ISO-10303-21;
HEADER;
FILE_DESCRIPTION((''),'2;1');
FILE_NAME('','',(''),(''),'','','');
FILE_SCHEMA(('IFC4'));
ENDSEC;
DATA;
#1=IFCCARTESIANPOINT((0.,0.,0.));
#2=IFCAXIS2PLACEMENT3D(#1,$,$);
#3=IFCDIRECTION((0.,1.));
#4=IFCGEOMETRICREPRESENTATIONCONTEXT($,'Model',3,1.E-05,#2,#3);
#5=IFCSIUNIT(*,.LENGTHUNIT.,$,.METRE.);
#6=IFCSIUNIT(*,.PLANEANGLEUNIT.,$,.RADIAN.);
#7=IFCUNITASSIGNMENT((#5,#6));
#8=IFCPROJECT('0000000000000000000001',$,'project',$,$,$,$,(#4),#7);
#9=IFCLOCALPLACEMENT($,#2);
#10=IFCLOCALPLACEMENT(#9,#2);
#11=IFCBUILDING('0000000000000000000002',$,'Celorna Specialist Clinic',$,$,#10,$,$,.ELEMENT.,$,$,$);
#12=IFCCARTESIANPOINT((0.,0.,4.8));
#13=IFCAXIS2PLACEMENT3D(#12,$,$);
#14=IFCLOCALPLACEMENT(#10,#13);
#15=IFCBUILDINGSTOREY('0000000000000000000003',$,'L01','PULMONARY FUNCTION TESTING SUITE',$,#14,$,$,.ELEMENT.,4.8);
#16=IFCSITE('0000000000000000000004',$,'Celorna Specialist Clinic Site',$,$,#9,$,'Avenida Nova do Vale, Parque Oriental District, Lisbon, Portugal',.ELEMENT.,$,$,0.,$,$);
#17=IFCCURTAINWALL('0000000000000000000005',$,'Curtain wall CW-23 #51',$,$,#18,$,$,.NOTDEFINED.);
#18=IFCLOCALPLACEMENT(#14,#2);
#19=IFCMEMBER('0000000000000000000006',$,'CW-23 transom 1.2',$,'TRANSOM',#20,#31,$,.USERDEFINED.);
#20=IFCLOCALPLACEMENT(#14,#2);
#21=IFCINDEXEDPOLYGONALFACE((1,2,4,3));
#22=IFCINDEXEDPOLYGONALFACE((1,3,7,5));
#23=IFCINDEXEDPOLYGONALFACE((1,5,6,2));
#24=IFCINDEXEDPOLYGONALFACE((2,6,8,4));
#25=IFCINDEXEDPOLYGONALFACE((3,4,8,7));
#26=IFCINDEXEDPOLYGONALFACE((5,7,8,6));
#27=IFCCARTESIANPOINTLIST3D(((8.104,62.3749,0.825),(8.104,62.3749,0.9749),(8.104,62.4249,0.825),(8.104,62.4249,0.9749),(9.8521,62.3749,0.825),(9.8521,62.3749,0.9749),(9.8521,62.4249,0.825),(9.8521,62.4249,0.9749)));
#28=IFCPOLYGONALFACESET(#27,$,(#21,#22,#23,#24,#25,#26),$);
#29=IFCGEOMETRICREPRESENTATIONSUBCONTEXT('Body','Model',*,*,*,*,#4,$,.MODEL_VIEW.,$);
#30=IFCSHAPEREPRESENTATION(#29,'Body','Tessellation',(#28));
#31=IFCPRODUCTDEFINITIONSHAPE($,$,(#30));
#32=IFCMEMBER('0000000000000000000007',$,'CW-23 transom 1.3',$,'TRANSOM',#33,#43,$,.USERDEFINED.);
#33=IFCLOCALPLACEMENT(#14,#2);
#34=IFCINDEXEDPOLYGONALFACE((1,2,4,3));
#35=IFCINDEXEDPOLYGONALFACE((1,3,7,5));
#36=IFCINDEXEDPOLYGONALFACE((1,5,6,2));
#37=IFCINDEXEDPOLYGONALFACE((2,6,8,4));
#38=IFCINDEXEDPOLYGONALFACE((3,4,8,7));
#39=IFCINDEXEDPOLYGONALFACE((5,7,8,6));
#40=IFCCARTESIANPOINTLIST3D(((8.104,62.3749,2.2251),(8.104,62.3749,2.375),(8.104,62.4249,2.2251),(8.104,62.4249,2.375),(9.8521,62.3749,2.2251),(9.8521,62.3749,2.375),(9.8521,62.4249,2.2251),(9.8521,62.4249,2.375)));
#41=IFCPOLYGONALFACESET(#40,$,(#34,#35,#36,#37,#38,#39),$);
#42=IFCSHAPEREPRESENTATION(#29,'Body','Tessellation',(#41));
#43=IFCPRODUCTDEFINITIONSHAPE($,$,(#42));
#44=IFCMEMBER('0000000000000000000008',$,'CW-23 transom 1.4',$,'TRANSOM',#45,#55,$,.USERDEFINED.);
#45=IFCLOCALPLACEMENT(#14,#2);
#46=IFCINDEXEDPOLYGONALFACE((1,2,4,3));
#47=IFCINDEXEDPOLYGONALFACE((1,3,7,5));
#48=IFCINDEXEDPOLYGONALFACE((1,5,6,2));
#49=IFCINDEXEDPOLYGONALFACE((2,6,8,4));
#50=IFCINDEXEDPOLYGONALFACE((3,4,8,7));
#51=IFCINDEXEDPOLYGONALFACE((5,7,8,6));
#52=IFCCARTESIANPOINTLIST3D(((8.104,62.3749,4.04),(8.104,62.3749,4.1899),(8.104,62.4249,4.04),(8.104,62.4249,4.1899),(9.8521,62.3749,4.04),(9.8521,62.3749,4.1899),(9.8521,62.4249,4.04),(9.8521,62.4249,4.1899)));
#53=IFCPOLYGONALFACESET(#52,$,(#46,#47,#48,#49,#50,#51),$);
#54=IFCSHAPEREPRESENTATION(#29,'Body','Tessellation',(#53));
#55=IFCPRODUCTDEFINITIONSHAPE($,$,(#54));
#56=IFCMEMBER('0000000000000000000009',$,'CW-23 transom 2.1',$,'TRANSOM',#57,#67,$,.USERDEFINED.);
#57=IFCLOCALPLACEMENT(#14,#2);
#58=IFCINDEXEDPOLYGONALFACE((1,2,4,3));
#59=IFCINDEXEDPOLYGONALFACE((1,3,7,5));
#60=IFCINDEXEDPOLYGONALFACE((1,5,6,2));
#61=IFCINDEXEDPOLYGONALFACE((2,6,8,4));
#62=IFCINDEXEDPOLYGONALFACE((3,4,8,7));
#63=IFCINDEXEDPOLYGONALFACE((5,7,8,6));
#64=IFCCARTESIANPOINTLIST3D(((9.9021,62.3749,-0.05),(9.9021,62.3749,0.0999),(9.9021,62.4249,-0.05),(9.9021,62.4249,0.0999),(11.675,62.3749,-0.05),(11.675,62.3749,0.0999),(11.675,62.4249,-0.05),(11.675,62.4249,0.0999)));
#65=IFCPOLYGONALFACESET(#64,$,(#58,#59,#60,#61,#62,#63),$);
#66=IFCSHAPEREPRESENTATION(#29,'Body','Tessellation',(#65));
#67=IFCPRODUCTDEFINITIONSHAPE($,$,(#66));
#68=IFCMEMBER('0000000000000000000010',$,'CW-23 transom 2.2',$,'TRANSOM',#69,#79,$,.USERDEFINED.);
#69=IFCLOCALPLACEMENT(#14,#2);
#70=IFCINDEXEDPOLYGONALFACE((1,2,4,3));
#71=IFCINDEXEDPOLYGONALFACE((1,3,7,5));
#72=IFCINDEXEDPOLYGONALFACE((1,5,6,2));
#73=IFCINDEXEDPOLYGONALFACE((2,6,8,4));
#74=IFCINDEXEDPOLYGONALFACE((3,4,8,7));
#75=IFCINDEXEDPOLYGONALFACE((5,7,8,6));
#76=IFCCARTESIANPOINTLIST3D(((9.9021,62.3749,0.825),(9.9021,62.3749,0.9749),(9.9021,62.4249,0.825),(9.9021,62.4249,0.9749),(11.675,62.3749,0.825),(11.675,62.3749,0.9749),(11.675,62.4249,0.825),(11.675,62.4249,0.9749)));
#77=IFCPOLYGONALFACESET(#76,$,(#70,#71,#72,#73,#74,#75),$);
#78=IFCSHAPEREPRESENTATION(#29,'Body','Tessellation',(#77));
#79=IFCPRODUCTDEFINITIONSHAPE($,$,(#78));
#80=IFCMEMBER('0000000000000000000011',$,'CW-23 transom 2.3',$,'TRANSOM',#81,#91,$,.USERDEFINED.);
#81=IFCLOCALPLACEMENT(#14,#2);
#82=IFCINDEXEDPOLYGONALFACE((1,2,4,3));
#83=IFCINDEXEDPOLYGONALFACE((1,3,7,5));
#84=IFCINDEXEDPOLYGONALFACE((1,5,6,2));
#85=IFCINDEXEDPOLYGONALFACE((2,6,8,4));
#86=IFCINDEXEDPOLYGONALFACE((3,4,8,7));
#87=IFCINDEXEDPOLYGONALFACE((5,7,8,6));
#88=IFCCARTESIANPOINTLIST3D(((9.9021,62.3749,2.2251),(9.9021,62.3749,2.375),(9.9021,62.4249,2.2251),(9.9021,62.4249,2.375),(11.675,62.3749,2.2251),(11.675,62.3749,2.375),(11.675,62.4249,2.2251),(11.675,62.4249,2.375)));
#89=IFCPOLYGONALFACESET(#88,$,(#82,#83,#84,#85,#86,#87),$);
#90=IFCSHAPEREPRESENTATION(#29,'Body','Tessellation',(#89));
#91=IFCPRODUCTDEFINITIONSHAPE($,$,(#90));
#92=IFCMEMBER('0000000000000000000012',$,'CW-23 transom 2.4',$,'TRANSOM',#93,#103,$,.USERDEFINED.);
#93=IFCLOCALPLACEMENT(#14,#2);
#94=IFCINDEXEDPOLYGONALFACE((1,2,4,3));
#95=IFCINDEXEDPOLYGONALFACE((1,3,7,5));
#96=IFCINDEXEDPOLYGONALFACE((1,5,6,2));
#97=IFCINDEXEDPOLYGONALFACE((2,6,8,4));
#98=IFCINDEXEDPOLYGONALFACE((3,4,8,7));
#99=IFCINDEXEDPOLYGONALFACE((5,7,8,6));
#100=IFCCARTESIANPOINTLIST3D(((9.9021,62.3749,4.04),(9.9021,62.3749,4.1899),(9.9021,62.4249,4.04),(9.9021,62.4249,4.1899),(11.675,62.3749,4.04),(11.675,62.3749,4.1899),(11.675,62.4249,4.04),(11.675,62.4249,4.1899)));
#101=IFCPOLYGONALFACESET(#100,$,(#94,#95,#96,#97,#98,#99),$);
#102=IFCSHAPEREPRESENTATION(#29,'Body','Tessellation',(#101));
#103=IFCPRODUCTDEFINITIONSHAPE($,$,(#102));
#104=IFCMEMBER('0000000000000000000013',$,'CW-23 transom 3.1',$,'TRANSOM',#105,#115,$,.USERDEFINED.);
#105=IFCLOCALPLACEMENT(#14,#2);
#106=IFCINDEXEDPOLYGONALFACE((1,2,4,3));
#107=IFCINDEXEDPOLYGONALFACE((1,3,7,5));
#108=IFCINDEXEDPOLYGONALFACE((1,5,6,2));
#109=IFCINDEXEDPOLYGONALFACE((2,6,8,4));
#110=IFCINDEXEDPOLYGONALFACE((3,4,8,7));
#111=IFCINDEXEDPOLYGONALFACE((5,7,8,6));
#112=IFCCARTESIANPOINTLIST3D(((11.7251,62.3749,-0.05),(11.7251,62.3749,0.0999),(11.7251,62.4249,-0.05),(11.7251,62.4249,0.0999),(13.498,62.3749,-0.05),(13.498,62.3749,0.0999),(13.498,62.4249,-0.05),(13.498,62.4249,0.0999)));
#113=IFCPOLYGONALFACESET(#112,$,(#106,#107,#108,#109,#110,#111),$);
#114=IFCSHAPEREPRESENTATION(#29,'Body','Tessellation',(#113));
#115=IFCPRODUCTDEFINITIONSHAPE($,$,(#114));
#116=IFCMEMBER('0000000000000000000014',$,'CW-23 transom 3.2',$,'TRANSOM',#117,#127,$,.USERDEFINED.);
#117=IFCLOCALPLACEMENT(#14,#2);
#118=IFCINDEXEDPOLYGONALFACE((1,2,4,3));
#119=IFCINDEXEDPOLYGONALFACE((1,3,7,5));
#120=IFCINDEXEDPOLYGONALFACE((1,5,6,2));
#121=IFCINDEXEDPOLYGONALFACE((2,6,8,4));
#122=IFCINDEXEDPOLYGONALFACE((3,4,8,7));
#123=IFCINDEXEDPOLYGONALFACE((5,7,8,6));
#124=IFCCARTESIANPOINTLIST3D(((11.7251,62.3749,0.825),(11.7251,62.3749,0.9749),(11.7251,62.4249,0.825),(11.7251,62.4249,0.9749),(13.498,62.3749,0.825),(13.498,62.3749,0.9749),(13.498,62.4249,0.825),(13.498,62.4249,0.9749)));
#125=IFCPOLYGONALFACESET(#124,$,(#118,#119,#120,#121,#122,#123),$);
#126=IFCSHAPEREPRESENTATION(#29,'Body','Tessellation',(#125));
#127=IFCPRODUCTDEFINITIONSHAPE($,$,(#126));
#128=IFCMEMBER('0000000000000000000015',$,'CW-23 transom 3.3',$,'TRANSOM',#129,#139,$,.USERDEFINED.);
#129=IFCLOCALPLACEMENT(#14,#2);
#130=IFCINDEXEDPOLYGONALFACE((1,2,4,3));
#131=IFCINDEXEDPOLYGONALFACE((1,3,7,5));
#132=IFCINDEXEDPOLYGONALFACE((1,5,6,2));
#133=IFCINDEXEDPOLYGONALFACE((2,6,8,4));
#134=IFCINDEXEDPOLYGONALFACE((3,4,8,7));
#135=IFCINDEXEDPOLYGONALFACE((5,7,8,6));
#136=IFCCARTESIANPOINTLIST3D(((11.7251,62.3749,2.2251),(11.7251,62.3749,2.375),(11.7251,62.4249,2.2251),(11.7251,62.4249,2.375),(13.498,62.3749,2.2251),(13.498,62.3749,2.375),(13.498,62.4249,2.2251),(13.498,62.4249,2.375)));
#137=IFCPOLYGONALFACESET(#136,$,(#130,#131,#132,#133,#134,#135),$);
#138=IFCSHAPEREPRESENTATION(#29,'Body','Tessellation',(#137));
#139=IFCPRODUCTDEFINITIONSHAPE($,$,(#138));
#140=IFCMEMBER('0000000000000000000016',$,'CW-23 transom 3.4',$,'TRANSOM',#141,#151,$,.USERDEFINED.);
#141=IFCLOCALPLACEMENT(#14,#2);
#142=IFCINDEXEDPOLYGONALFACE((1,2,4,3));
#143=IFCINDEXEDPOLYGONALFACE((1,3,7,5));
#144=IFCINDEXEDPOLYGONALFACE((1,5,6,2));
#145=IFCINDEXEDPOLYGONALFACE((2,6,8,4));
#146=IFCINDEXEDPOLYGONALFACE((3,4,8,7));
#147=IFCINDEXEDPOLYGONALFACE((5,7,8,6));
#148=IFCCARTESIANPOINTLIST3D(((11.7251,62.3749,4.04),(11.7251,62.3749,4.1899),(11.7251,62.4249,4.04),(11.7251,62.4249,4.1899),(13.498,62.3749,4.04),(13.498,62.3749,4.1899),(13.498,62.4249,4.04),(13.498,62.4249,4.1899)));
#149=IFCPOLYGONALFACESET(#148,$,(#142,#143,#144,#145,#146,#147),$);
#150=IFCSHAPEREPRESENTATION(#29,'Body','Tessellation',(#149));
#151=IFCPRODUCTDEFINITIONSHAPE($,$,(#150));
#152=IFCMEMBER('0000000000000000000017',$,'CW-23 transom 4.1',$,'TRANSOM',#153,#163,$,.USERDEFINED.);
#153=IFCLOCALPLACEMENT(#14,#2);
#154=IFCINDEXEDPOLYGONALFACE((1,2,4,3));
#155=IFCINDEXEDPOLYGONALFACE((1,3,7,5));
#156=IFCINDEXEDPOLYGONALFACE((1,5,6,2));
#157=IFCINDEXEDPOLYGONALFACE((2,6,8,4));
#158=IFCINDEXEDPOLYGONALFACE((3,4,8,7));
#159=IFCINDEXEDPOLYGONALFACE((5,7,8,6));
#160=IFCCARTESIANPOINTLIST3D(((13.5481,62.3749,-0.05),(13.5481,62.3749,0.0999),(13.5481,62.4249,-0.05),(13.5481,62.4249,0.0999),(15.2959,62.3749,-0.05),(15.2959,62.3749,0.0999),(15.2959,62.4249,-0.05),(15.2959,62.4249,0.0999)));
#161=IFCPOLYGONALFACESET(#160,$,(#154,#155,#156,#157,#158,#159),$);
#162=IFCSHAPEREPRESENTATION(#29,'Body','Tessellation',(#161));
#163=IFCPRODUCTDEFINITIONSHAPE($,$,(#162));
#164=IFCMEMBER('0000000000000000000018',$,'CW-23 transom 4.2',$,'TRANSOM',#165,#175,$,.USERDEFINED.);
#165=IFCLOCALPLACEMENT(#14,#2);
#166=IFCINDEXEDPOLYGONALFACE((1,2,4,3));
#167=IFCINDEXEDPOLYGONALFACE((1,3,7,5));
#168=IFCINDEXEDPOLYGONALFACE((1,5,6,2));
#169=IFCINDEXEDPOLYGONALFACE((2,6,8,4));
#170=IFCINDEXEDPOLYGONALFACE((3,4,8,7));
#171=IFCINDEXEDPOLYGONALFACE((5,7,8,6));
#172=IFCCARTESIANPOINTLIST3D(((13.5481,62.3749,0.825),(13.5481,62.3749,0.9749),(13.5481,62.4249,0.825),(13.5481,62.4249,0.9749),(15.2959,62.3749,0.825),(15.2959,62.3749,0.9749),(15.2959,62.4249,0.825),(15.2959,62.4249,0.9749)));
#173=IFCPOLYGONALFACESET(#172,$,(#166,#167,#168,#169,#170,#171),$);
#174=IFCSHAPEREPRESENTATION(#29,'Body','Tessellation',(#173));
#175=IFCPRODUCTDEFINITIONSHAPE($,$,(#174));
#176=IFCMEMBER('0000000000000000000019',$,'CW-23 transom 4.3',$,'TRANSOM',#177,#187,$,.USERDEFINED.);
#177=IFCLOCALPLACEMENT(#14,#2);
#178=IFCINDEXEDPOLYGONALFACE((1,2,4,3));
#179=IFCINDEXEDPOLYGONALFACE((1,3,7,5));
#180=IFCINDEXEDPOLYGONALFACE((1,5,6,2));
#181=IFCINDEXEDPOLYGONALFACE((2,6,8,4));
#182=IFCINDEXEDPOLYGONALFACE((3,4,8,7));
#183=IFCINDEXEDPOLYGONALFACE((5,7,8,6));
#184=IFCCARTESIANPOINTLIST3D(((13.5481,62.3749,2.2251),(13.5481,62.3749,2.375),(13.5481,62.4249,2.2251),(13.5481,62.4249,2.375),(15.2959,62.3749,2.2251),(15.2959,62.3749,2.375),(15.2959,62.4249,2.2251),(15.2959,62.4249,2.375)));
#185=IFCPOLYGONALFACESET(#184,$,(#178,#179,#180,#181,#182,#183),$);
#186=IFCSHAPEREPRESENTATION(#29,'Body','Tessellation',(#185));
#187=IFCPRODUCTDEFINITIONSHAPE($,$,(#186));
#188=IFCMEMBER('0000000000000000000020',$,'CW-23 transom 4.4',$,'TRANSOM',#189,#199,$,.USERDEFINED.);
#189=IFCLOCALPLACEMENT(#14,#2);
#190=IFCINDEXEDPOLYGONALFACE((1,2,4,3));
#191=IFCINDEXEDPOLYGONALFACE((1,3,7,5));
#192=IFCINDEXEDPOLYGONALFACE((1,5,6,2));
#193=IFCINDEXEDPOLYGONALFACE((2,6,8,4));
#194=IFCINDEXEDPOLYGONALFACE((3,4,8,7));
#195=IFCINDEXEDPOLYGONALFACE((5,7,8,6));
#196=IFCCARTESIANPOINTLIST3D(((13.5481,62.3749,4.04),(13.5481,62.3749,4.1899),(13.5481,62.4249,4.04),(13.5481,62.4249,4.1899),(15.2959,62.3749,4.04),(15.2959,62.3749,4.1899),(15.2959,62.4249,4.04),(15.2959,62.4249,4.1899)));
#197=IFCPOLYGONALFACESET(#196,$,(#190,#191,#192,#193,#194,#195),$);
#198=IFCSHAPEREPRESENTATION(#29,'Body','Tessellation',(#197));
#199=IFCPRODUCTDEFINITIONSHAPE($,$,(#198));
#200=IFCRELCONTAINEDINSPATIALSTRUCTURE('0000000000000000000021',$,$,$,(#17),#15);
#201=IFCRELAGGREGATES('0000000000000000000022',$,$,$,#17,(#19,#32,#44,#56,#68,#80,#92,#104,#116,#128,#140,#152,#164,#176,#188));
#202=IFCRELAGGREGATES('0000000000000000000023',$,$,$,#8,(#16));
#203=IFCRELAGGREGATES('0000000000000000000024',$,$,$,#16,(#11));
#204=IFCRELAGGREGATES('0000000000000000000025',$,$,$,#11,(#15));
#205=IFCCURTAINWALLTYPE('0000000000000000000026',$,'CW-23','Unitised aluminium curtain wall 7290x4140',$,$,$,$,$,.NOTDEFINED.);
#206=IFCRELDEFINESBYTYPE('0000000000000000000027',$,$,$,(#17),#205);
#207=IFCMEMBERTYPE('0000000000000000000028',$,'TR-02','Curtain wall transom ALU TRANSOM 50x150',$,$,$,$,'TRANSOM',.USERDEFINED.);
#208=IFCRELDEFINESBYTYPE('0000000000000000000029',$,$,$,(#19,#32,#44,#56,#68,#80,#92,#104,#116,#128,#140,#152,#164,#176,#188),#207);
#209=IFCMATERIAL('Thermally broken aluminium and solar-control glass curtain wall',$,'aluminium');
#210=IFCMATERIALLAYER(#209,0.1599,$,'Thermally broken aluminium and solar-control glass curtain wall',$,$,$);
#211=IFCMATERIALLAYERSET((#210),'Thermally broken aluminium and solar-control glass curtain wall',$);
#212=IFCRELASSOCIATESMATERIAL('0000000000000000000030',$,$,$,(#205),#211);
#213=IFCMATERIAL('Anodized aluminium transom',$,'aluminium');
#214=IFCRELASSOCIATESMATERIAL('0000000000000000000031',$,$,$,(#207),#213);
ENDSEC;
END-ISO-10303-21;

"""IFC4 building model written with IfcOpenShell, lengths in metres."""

from ifc_helpers import new_model, si_unit, direction, frame, origin, origin_2d, place, context, subcontext, project, spatial, rectangle, extrude, material, layer, layer_set, material_profile, profile_set, type_object, element, aggregate, save


model = new_model("IFC4")

# Units and contexts
model_context = context("Model", 3, precision=1e-05, world=origin(), true_north=direction((0.0, 1.0)))
body_context = subcontext(model_context, "Body", "Model", "MODEL_VIEW")
ifc_project = project(units=[si_unit("LENGTHUNIT", "METRE"), si_unit("PLANEANGLEUNIT", "RADIAN")], contexts=[model_context])

# Site, building, storey
site_placement = place(None, origin())
site = spatial("IfcSite", under=ifc_project, at=site_placement, Name="Celorna Specialist Clinic Site", LongName="Avenida Nova do Vale, Parque Oriental District, Lisbon, Portugal", CompositionType="ELEMENT", RefElevation=0.0)
building_placement = place(site_placement, origin())
building = spatial("IfcBuilding", under=site, at=building_placement, Name="Celorna Specialist Clinic", CompositionType="ELEMENT")
storey_placement = place(building_placement, frame((0.0, 0.0, 4.8)))
storey = spatial("IfcBuildingStorey", under=building, at=storey_placement, Name="L01", Description="PULMONARY FUNCTION TESTING SUITE", CompositionType="ELEMENT", Elevation=4.8)

# Curtain wall, members
ifc_material_1 = material(Name="Thermally broken aluminium and solar-control glass curtain wall", Category="aluminium")
ifc_layer_1 = layer(ifc_material_1, 0.1599, Name="Thermally broken aluminium and solar-control glass curtain wall")
ifc_layer_set_1 = layer_set([ifc_layer_1], Name="Thermally broken aluminium and solar-control glass curtain wall")
curtain_wall_type = type_object("IfcCurtainWallType", Name="CW-23", Description="Unitised aluminium curtain wall 7290x4140", PredefinedType="NOTDEFINED", material=ifc_layer_set_1)
curtain_wall_placement = place(storey_placement, origin())
curtain_wall = element("IfcCurtainWall", 1, at=curtain_wall_placement, inside=storey, type_object=curtain_wall_type, Name="Curtain wall CW-23 #51", PredefinedType="NOTDEFINED")
ifc_material_2 = material(Name="Anodized aluminium transom", Category="aluminium")
ifc_material_profile_1 = material_profile(ifc_material_2, rectangle(XDim=0.05, YDim=0.1499, at=origin_2d()), Name="ALU TRANSOM 50x150")
ifc_profile_set_1 = profile_set([ifc_material_profile_1], Name="Anodized aluminium transom")
member_type_1 = type_object("IfcMemberType", Name="TR-02", Description="Curtain wall transom ALU TRANSOM 50x150", ElementType="TRANSOM", PredefinedType="USERDEFINED", material=ifc_profile_set_1)
member_1_placement = place(storey_placement, frame((8.104, 62.3999, 0.8999), z_axis=(1.0, 0.0, 0.0), x_axis=(0.0, 1.0, 0.0)))
member_1 = element("IfcMember", 2, at=member_1_placement, type_object=member_type_1, Name="CW-23 transom 1.2", ObjectType="TRANSOM", PredefinedType="USERDEFINED", context=body_context, shape_type="SweptSolid", body=[
    extrude(rectangle(XDim=0.05, YDim=0.1499, at=origin_2d()), origin(), (0.0, 0.0, 1.0), 1.748),
])
member_2_placement = place(storey_placement, frame((8.104, 62.3999, 2.3), z_axis=(1.0, 0.0, 0.0), x_axis=(0.0, 1.0, 0.0)))
member_2 = element("IfcMember", 3, at=member_2_placement, type_object=member_type_1, Name="CW-23 transom 1.3", ObjectType="TRANSOM", PredefinedType="USERDEFINED", context=body_context, shape_type="SweptSolid", body=[
    extrude(rectangle(XDim=0.05, YDim=0.1499, at=origin_2d()), origin(), (0.0, 0.0, 1.0), 1.748),
])
member_3_placement = place(storey_placement, frame((8.104, 62.3999, 4.115), z_axis=(1.0, 0.0, 0.0), x_axis=(0.0, 1.0, 0.0)))
member_3 = element("IfcMember", 4, at=member_3_placement, type_object=member_type_1, Name="CW-23 transom 1.4", ObjectType="TRANSOM", PredefinedType="USERDEFINED", context=body_context, shape_type="SweptSolid", body=[
    extrude(rectangle(XDim=0.05, YDim=0.1499, at=origin_2d()), origin(), (0.0, 0.0, 1.0), 1.748),
])
member_4_placement = place(storey_placement, frame((9.9021, 62.3999, 0.0249), z_axis=(1.0, 0.0, 0.0), x_axis=(0.0, 1.0, 0.0)))
member_4 = element("IfcMember", 5, at=member_4_placement, type_object=member_type_1, Name="CW-23 transom 2.1", ObjectType="TRANSOM", PredefinedType="USERDEFINED", context=body_context, shape_type="SweptSolid", body=[
    extrude(rectangle(XDim=0.05, YDim=0.1499, at=origin_2d()), origin(), (0.0, 0.0, 1.0), 1.7729),
])
member_5_placement = place(storey_placement, frame((9.9021, 62.3999, 0.8999), z_axis=(1.0, 0.0, 0.0), x_axis=(0.0, 1.0, 0.0)))
member_5 = element("IfcMember", 6, at=member_5_placement, type_object=member_type_1, Name="CW-23 transom 2.2", ObjectType="TRANSOM", PredefinedType="USERDEFINED", context=body_context, shape_type="SweptSolid", body=[
    extrude(rectangle(XDim=0.05, YDim=0.1499, at=origin_2d()), origin(), (0.0, 0.0, 1.0), 1.7729),
])
member_6_placement = place(storey_placement, frame((9.9021, 62.3999, 2.3), z_axis=(1.0, 0.0, 0.0), x_axis=(0.0, 1.0, 0.0)))
member_6 = element("IfcMember", 7, at=member_6_placement, type_object=member_type_1, Name="CW-23 transom 2.3", ObjectType="TRANSOM", PredefinedType="USERDEFINED", context=body_context, shape_type="SweptSolid", body=[
    extrude(rectangle(XDim=0.05, YDim=0.1499, at=origin_2d()), origin(), (0.0, 0.0, 1.0), 1.7729),
])
member_7_placement = place(storey_placement, frame((9.9021, 62.3999, 4.115), z_axis=(1.0, 0.0, 0.0), x_axis=(0.0, 1.0, 0.0)))
member_7 = element("IfcMember", 8, at=member_7_placement, type_object=member_type_1, Name="CW-23 transom 2.4", ObjectType="TRANSOM", PredefinedType="USERDEFINED", context=body_context, shape_type="SweptSolid", body=[
    extrude(rectangle(XDim=0.05, YDim=0.1499, at=origin_2d()), origin(), (0.0, 0.0, 1.0), 1.7729),
])
member_8_placement = place(storey_placement, frame((11.7251, 62.3999, 0.0249), z_axis=(1.0, 0.0, 0.0), x_axis=(0.0, 1.0, 0.0)))
member_8 = element("IfcMember", 9, at=member_8_placement, type_object=member_type_1, Name="CW-23 transom 3.1", ObjectType="TRANSOM", PredefinedType="USERDEFINED", context=body_context, shape_type="SweptSolid", body=[
    extrude(rectangle(XDim=0.05, YDim=0.1499, at=origin_2d()), origin(), (0.0, 0.0, 1.0), 1.7729),
])
member_9_placement = place(storey_placement, frame((11.7251, 62.3999, 0.8999), z_axis=(1.0, 0.0, 0.0), x_axis=(0.0, 1.0, 0.0)))
member_9 = element("IfcMember", 10, at=member_9_placement, type_object=member_type_1, Name="CW-23 transom 3.2", ObjectType="TRANSOM", PredefinedType="USERDEFINED", context=body_context, shape_type="SweptSolid", body=[
    extrude(rectangle(XDim=0.05, YDim=0.1499, at=origin_2d()), origin(), (0.0, 0.0, 1.0), 1.7729),
])
member_10_placement = place(storey_placement, frame((11.7251, 62.3999, 2.3), z_axis=(1.0, 0.0, 0.0), x_axis=(0.0, 1.0, 0.0)))
member_10 = element("IfcMember", 11, at=member_10_placement, type_object=member_type_1, Name="CW-23 transom 3.3", ObjectType="TRANSOM", PredefinedType="USERDEFINED", context=body_context, shape_type="SweptSolid", body=[
    extrude(rectangle(XDim=0.05, YDim=0.1499, at=origin_2d()), origin(), (0.0, 0.0, 1.0), 1.7729),
])
member_11_placement = place(storey_placement, frame((11.7251, 62.3999, 4.115), z_axis=(1.0, 0.0, 0.0), x_axis=(0.0, 1.0, 0.0)))
member_11 = element("IfcMember", 12, at=member_11_placement, type_object=member_type_1, Name="CW-23 transom 3.4", ObjectType="TRANSOM", PredefinedType="USERDEFINED", context=body_context, shape_type="SweptSolid", body=[
    extrude(rectangle(XDim=0.05, YDim=0.1499, at=origin_2d()), origin(), (0.0, 0.0, 1.0), 1.7729),
])
member_12_placement = place(storey_placement, frame((13.5481, 62.3999, 0.0249), z_axis=(1.0, 0.0, 0.0), x_axis=(0.0, 1.0, 0.0)))
member_12 = element("IfcMember", 13, at=member_12_placement, type_object=member_type_1, Name="CW-23 transom 4.1", ObjectType="TRANSOM", PredefinedType="USERDEFINED", context=body_context, shape_type="SweptSolid", body=[
    extrude(rectangle(XDim=0.05, YDim=0.1499, at=origin_2d()), origin(), (0.0, 0.0, 1.0), 1.7478),
])
member_13_placement = place(storey_placement, frame((13.5481, 62.3999, 0.8999), z_axis=(1.0, 0.0, 0.0), x_axis=(0.0, 1.0, 0.0)))
member_13 = element("IfcMember", 14, at=member_13_placement, type_object=member_type_1, Name="CW-23 transom 4.2", ObjectType="TRANSOM", PredefinedType="USERDEFINED", context=body_context, shape_type="SweptSolid", body=[
    extrude(rectangle(XDim=0.05, YDim=0.1499, at=origin_2d()), origin(), (0.0, 0.0, 1.0), 1.7478),
])
member_14_placement = place(storey_placement, frame((13.5481, 62.3999, 2.3), z_axis=(1.0, 0.0, 0.0), x_axis=(0.0, 1.0, 0.0)))
member_14 = element("IfcMember", 15, at=member_14_placement, type_object=member_type_1, Name="CW-23 transom 4.3", ObjectType="TRANSOM", PredefinedType="USERDEFINED", context=body_context, shape_type="SweptSolid", body=[
    extrude(rectangle(XDim=0.05, YDim=0.1499, at=origin_2d()), origin(), (0.0, 0.0, 1.0), 1.7478),
])
member_15_placement = place(storey_placement, frame((13.5481, 62.3999, 4.115), z_axis=(1.0, 0.0, 0.0), x_axis=(0.0, 1.0, 0.0)))
member_15 = element("IfcMember", 16, at=member_15_placement, type_object=member_type_1, Name="CW-23 transom 4.4", ObjectType="TRANSOM", PredefinedType="USERDEFINED", context=body_context, shape_type="SweptSolid", body=[
    extrude(rectangle(XDim=0.05, YDim=0.1499, at=origin_2d()), origin(), (0.0, 0.0, 1.0), 1.7478),
])
aggregate(curtain_wall, [member_1, member_2, member_3, member_4, member_5, member_6, member_7, member_8, member_9, member_10, member_11, member_12, member_13, member_14, member_15])

save(model, "model.ifc")
